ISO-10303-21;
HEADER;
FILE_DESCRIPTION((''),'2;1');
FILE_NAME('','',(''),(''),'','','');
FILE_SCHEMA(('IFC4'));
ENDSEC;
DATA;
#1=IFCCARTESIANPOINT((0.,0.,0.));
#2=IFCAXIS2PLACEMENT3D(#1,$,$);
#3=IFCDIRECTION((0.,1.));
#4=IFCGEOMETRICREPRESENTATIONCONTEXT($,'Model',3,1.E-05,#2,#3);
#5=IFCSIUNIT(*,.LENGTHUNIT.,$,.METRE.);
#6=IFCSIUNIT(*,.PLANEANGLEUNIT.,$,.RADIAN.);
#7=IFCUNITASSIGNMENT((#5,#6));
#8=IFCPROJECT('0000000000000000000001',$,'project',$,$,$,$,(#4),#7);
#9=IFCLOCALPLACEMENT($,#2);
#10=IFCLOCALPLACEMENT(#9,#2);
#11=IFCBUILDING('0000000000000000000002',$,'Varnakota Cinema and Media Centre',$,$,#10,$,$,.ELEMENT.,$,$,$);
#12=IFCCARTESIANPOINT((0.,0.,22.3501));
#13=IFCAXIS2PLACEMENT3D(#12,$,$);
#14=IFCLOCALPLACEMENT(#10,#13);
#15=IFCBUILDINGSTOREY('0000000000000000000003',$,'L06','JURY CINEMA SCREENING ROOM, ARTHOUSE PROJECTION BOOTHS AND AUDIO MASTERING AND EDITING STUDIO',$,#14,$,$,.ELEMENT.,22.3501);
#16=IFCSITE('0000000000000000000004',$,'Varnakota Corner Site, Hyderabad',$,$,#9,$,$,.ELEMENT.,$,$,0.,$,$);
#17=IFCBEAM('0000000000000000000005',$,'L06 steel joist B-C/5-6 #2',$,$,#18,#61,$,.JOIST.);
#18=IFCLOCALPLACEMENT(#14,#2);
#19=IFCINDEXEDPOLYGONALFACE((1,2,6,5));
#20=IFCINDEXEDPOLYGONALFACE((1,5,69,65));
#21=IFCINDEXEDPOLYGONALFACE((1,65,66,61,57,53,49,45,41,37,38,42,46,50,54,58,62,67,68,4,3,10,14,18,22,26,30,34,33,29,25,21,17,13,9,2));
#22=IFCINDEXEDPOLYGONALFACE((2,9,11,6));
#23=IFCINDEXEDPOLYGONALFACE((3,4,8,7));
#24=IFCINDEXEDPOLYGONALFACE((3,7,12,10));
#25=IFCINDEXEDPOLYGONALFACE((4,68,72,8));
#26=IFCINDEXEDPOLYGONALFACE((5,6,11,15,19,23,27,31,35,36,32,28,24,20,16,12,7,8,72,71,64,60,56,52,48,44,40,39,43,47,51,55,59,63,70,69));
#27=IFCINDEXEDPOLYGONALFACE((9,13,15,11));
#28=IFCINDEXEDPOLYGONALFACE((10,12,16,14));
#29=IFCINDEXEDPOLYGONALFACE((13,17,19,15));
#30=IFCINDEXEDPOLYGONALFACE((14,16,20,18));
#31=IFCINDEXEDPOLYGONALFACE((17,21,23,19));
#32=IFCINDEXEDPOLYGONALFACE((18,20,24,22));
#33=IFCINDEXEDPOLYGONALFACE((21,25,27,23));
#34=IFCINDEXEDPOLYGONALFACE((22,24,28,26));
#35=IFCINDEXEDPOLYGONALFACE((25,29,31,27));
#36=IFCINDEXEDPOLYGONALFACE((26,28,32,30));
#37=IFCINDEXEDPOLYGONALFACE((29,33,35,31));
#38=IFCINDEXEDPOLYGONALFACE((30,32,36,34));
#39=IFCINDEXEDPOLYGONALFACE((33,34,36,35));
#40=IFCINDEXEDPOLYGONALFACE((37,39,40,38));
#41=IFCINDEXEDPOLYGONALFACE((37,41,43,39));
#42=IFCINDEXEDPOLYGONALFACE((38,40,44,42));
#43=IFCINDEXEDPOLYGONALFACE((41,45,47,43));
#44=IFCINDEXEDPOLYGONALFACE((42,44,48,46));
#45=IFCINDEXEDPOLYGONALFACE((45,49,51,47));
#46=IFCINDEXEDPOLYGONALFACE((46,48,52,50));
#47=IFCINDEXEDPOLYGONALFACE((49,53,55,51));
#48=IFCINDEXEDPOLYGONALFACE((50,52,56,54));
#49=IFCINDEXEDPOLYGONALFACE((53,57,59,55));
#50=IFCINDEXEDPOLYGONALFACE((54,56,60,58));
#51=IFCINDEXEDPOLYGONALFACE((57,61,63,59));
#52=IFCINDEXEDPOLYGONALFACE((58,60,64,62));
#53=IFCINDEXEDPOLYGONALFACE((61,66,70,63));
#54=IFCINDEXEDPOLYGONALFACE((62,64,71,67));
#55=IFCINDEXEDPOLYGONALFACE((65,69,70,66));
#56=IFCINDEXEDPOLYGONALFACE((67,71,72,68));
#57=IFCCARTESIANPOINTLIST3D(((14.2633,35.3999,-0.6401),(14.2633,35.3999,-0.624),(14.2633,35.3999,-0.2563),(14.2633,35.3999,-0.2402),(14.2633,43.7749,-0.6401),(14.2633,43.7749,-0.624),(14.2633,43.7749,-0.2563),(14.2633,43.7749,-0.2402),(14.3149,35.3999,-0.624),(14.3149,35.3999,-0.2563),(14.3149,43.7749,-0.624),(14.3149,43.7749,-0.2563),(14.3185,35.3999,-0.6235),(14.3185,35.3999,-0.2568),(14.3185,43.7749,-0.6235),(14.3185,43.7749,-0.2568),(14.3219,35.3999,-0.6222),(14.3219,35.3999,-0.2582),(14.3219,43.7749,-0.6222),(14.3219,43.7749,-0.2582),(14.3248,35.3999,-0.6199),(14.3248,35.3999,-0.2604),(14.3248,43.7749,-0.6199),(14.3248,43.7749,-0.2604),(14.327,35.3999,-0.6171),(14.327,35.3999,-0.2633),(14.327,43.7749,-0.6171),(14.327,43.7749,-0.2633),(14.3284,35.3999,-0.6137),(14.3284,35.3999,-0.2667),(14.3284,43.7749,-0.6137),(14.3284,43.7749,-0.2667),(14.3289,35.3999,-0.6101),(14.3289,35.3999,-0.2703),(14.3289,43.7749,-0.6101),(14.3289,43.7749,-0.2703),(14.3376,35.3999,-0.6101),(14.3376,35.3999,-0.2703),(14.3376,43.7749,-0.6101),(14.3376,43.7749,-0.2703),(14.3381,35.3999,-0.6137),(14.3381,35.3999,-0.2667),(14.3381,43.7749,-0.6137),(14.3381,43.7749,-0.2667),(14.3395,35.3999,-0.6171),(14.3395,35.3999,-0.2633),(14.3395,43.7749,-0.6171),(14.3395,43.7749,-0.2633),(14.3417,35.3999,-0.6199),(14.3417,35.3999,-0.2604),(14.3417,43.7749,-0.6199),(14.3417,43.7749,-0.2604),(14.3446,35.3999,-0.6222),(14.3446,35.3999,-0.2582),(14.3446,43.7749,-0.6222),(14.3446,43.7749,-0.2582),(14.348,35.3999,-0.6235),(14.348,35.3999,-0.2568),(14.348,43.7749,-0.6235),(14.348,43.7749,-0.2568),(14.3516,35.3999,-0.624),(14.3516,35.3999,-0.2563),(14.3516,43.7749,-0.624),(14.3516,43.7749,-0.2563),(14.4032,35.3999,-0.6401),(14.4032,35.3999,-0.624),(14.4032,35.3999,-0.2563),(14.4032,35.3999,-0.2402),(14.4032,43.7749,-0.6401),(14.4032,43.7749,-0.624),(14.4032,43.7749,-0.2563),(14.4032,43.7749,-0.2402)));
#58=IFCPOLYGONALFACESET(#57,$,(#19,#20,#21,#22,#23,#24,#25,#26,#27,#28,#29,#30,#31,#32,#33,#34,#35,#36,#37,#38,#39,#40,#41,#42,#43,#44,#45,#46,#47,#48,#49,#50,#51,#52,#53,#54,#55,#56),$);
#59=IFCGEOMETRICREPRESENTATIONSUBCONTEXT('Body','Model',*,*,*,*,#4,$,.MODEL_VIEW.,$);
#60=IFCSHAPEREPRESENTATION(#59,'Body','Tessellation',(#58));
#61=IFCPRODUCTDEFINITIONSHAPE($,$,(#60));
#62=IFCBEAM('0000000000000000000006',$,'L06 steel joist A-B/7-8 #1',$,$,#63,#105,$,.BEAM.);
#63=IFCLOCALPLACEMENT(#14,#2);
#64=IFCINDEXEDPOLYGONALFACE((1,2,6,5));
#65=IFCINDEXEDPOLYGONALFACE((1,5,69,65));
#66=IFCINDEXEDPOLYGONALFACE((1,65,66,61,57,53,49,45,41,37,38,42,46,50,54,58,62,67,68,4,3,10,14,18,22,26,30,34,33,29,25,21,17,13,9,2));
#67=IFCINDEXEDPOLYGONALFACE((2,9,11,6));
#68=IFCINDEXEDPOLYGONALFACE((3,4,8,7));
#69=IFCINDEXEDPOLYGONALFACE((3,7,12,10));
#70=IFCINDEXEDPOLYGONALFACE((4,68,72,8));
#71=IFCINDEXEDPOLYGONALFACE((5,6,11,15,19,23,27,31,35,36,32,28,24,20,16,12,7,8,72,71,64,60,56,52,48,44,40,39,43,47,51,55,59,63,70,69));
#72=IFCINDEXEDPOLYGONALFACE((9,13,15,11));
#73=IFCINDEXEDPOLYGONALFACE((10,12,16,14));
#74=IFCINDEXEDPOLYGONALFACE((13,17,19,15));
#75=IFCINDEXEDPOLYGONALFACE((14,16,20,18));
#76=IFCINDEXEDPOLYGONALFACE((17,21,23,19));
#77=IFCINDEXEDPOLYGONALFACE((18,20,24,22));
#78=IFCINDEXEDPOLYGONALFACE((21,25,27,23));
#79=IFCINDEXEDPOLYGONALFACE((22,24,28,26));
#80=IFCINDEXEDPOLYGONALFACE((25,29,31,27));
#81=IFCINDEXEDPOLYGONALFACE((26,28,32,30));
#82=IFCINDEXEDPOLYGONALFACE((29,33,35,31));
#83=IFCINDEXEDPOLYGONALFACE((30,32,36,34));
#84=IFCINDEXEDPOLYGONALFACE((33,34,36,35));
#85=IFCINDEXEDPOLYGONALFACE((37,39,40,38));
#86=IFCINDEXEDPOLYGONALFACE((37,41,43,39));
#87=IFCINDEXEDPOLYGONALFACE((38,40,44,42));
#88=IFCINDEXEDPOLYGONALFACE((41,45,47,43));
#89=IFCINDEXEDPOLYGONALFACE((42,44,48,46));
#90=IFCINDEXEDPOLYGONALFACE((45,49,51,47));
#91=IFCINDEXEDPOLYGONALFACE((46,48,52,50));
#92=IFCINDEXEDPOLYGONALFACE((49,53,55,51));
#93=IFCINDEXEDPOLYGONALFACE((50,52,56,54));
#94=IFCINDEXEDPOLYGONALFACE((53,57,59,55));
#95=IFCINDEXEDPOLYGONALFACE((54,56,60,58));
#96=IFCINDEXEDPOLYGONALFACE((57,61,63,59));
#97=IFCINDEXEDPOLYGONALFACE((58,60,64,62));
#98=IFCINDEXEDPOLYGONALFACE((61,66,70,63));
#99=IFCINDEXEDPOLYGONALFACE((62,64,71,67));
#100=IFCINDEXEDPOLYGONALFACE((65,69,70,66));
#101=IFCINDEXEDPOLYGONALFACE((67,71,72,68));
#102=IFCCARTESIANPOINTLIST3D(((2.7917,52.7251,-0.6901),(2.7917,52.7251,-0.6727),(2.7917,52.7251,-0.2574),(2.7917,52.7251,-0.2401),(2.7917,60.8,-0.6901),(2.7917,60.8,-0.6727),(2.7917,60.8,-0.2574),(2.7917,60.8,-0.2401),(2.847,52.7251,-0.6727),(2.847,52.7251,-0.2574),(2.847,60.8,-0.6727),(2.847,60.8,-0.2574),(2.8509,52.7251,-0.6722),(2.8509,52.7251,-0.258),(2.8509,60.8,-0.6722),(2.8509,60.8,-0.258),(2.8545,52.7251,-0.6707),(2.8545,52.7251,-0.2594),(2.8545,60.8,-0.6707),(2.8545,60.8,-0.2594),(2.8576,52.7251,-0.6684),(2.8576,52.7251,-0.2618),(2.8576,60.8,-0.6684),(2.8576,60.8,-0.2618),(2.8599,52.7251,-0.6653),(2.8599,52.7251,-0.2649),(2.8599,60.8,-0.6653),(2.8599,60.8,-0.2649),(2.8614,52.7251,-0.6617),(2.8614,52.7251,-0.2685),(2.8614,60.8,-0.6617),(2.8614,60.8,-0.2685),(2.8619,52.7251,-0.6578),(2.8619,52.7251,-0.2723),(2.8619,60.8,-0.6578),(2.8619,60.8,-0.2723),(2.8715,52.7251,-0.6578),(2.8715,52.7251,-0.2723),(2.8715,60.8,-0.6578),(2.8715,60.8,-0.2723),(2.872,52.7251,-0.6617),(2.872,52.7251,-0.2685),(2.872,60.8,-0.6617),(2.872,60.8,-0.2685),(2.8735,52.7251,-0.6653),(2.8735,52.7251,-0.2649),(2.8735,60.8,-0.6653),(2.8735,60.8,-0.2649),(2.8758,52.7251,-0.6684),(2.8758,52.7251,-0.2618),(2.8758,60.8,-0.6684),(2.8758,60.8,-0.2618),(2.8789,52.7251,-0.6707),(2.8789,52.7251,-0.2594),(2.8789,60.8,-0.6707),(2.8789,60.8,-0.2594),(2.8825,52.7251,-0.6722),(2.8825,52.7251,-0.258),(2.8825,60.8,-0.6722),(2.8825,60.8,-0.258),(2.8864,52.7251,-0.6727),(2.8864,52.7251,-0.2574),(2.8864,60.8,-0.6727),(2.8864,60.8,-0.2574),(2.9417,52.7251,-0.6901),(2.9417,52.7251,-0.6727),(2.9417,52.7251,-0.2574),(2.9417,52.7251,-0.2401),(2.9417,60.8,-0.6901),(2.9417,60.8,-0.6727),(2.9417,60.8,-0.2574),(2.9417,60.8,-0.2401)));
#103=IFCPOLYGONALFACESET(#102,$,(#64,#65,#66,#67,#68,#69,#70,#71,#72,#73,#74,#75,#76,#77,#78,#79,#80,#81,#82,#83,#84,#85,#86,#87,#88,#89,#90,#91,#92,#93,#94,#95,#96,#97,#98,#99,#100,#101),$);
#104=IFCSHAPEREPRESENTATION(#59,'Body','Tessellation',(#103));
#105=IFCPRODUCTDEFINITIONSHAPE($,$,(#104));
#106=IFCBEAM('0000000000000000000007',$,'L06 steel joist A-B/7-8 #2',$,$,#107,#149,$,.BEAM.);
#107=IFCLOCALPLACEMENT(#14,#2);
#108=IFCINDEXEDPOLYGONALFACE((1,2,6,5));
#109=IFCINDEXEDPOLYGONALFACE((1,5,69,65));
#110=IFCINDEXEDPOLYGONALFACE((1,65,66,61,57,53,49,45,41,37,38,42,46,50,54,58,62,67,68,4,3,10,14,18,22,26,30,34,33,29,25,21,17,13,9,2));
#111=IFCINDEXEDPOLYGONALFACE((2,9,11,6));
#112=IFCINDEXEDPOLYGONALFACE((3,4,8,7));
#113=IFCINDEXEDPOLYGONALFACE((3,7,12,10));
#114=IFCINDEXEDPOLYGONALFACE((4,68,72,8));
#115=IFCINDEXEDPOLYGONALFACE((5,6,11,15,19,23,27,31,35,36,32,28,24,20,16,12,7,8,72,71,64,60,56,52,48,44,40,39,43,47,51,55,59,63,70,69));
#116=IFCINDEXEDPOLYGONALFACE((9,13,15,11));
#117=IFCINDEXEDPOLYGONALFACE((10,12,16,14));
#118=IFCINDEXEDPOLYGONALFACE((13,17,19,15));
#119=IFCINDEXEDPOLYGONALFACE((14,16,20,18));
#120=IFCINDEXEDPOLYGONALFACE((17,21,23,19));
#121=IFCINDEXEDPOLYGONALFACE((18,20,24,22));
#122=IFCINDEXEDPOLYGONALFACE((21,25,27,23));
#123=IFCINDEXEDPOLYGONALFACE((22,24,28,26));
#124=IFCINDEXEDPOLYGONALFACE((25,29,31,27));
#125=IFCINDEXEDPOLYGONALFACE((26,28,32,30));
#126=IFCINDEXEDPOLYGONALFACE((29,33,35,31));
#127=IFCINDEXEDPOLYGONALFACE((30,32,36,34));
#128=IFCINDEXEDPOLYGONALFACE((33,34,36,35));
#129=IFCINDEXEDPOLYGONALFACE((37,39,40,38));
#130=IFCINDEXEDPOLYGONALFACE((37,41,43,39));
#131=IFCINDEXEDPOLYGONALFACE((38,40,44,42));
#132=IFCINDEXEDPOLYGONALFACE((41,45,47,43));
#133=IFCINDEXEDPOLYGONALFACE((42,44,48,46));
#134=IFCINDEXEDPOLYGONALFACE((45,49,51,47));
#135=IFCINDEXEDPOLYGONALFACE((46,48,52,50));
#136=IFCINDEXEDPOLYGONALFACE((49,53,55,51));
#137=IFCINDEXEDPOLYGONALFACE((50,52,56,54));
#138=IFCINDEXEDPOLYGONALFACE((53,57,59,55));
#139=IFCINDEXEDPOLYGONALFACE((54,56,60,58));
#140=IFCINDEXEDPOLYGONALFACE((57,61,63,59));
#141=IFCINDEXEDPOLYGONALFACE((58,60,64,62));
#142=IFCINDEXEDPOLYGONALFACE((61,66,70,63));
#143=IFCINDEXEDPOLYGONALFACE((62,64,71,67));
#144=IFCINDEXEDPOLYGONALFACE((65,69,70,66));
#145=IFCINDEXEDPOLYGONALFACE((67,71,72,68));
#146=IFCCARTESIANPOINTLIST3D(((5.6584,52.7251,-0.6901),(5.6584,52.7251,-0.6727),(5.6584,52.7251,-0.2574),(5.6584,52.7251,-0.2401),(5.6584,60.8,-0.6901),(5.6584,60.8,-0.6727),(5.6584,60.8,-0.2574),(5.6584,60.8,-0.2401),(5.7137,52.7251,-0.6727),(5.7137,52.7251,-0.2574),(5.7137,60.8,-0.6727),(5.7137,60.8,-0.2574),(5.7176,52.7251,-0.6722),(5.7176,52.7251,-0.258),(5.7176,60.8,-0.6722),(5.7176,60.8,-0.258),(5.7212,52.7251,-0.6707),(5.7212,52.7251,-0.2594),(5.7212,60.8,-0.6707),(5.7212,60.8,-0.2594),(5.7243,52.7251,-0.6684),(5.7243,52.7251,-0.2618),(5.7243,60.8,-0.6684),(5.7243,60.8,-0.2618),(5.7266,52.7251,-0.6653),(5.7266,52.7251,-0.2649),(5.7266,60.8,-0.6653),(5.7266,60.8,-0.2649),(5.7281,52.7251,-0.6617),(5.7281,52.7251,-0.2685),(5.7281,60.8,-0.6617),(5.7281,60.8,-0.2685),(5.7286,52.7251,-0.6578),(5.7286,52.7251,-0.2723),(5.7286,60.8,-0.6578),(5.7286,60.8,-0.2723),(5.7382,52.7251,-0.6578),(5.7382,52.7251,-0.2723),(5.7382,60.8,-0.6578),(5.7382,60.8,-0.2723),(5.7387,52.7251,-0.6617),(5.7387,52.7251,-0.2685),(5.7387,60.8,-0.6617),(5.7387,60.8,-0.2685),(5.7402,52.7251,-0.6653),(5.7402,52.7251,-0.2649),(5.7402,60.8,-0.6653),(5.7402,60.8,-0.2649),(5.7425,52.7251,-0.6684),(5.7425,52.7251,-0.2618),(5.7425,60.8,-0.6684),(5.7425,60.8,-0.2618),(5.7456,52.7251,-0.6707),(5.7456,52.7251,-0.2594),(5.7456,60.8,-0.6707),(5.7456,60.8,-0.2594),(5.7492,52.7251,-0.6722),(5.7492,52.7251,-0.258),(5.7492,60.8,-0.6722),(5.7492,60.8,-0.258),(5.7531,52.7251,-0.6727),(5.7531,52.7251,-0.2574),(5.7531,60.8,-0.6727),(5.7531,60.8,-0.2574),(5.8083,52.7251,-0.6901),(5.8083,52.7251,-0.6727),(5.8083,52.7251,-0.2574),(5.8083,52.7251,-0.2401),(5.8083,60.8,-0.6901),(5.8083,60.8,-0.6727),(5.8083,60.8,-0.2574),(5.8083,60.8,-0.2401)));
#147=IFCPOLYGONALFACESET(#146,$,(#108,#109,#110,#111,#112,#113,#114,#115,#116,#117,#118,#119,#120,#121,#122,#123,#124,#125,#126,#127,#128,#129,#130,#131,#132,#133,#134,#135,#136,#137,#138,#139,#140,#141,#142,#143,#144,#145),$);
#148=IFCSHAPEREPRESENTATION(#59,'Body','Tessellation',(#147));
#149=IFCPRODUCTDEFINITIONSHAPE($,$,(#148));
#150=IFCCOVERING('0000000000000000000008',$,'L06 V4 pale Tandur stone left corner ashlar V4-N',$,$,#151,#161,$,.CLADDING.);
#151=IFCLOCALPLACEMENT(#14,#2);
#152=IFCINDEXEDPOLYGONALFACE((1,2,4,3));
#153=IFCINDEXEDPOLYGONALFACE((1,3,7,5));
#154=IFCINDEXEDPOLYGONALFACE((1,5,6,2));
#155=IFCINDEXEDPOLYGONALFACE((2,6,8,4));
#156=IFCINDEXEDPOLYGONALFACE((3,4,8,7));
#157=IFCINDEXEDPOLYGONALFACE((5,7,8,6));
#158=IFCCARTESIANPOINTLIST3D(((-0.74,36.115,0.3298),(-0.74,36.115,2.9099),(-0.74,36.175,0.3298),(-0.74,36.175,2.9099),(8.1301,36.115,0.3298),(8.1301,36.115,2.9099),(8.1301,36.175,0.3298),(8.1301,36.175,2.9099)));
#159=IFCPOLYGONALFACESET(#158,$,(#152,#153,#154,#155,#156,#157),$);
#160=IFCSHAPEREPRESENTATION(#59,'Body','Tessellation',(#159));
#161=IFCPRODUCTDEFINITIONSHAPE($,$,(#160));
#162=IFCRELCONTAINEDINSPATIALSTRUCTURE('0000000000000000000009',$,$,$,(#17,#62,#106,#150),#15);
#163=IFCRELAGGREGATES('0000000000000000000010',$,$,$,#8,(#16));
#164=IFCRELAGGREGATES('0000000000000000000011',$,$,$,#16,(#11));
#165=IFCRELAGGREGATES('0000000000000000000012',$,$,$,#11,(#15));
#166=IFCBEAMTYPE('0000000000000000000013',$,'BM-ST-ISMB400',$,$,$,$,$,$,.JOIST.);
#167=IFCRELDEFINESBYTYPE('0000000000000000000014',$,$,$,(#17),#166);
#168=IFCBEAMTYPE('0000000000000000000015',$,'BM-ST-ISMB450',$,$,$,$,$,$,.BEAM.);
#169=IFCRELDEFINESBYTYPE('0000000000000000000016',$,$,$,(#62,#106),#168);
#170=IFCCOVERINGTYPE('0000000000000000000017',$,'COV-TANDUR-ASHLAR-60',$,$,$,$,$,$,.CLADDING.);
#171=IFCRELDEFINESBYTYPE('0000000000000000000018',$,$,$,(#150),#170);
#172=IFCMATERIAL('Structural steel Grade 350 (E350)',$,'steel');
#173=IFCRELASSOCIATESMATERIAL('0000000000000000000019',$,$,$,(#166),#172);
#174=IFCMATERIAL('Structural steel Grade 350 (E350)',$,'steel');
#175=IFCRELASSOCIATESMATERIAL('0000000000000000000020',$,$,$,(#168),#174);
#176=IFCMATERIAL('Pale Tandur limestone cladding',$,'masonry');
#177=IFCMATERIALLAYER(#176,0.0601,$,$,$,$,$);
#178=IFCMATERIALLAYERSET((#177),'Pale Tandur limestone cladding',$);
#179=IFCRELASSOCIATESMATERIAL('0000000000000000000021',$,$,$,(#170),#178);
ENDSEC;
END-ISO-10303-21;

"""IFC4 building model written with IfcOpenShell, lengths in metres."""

from ifc_helpers import new_model, si_unit, direction, frame, origin, origin_2d, place, context, subcontext, project, spatial, rectangle, i_section, extrude, material, layer, layer_set, material_profile, profile_set, type_object, element, save


model = new_model("IFC4")

# Units and contexts
model_context = context("Model", 3, precision=1e-05, world=origin(), true_north=direction((0.0, 1.0)))
body_context = subcontext(model_context, "Body", "Model", "MODEL_VIEW")
ifc_project = project(units=[si_unit("LENGTHUNIT", "METRE"), si_unit("PLANEANGLEUNIT", "RADIAN")], contexts=[model_context])

# Site, building, storey
site_placement = place(None, origin())
site = spatial("IfcSite", under=ifc_project, at=site_placement, Name="Varnakota Corner Site, Hyderabad", CompositionType="ELEMENT", RefElevation=0.0)
building_placement = place(site_placement, origin())
building = spatial("IfcBuilding", under=site, at=building_placement, Name="Varnakota Cinema and Media Centre", CompositionType="ELEMENT")
storey_placement = place(building_placement, frame((0.0, 0.0, 22.3501)))
storey = spatial("IfcBuildingStorey", under=building, at=storey_placement, Name="L06", Description="JURY CINEMA SCREENING ROOM, ARTHOUSE PROJECTION BOOTHS AND AUDIO MASTERING AND EDITING STUDIO", CompositionType="ELEMENT", Elevation=22.3501)

# Beams
ifc_material_1 = material(Name="Structural steel Grade 350 (E350)", Category="steel")
ifc_material_profile_1 = material_profile(ifc_material_1, i_section(OverallWidth=0.1399, OverallDepth=0.3999, WebThickness=0.0088, FlangeThickness=0.0161, FilletRadius=0.0139, at=origin_2d()), Name="ISMB 400")
ifc_profile_set_1 = profile_set([ifc_material_profile_1], Name="Structural steel Grade 350 (E350)")
beam_type_1 = type_object("IfcBeamType", Name="BM-ST-ISMB400", PredefinedType="JOIST", material=ifc_profile_set_1)
for number, where, z_axis, x_axis, name in (
    (1, (14.3333, 35.3999, -0.4402), (0.0, 1.0, 0.0), (-1.0, 0.0, 0.0), "L06 steel joist B-C/5-6 #2"),
):
    element("IfcBeam", number, at=place(storey_placement, frame(where, z_axis=z_axis, x_axis=x_axis)), inside=storey, type_object=beam_type_1, Name=name, PredefinedType="JOIST", context=body_context, shape_type="SweptSolid", body=[
        extrude(i_section(OverallWidth=0.1399, OverallDepth=0.3999, WebThickness=0.0088, FlangeThickness=0.0161, FilletRadius=0.0139, at=origin_2d()), origin(), (0.0, 0.0, 1.0), 8.375),
    ])
ifc_material_2 = material(Name="Structural steel Grade 350 (E350)", Category="steel")
ifc_material_profile_2 = material_profile(ifc_material_2, i_section(OverallWidth=0.1499, OverallDepth=0.45, WebThickness=0.0095, FlangeThickness=0.0173, FilletRadius=0.0149, at=origin_2d()), Name="ISMB 450")
ifc_profile_set_2 = profile_set([ifc_material_profile_2], Name="Structural steel Grade 350 (E350)")
beam_type_2 = type_object("IfcBeamType", Name="BM-ST-ISMB450", PredefinedType="BEAM", material=ifc_profile_set_2)
for number, where, z_axis, x_axis, name in (
    (2, (2.8667, 52.7251, -0.4651), (0.0, 1.0, 0.0), (-1.0, 0.0, 0.0), "L06 steel joist A-B/7-8 #1"),
    (3, (5.7334, 52.7251, -0.4651), (0.0, 1.0, 0.0), (-1.0, 0.0, 0.0), "L06 steel joist A-B/7-8 #2"),
):
    element("IfcBeam", number, at=place(storey_placement, frame(where, z_axis=z_axis, x_axis=x_axis)), inside=storey, type_object=beam_type_2, Name=name, PredefinedType="BEAM", context=body_context, shape_type="SweptSolid", body=[
        extrude(i_section(OverallWidth=0.1499, OverallDepth=0.45, WebThickness=0.0095, FlangeThickness=0.0173, FilletRadius=0.0149, at=origin_2d()), origin(), (0.0, 0.0, 1.0), 8.075),
    ])

# Covering
ifc_material_3 = material(Name="Pale Tandur limestone cladding", Category="masonry")
ifc_layer = layer(ifc_material_3, 0.0601)
ifc_layer_set = layer_set([ifc_layer], Name="Pale Tandur limestone cladding")
covering_type = type_object("IfcCoveringType", Name="COV-TANDUR-ASHLAR-60", PredefinedType="CLADDING", material=ifc_layer_set)
covering_placement = place(storey_placement, frame((3.6951, 36.145, 0.3298), z_axis=(0.0, 0.0, 1.0), x_axis=(1.0, 0.0, 0.0)))
element("IfcCovering", 4, at=covering_placement, inside=storey, type_object=covering_type, Name="L06 V4 pale Tandur stone left corner ashlar V4-N", PredefinedType="CLADDING", context=body_context, shape_type="SweptSolid", body=[
    extrude(rectangle(XDim=8.8701, YDim=0.0601, at=origin_2d()), origin(), (0.0, 0.0, 1.0), 2.5801),
])

save(model, "model.ifc")
